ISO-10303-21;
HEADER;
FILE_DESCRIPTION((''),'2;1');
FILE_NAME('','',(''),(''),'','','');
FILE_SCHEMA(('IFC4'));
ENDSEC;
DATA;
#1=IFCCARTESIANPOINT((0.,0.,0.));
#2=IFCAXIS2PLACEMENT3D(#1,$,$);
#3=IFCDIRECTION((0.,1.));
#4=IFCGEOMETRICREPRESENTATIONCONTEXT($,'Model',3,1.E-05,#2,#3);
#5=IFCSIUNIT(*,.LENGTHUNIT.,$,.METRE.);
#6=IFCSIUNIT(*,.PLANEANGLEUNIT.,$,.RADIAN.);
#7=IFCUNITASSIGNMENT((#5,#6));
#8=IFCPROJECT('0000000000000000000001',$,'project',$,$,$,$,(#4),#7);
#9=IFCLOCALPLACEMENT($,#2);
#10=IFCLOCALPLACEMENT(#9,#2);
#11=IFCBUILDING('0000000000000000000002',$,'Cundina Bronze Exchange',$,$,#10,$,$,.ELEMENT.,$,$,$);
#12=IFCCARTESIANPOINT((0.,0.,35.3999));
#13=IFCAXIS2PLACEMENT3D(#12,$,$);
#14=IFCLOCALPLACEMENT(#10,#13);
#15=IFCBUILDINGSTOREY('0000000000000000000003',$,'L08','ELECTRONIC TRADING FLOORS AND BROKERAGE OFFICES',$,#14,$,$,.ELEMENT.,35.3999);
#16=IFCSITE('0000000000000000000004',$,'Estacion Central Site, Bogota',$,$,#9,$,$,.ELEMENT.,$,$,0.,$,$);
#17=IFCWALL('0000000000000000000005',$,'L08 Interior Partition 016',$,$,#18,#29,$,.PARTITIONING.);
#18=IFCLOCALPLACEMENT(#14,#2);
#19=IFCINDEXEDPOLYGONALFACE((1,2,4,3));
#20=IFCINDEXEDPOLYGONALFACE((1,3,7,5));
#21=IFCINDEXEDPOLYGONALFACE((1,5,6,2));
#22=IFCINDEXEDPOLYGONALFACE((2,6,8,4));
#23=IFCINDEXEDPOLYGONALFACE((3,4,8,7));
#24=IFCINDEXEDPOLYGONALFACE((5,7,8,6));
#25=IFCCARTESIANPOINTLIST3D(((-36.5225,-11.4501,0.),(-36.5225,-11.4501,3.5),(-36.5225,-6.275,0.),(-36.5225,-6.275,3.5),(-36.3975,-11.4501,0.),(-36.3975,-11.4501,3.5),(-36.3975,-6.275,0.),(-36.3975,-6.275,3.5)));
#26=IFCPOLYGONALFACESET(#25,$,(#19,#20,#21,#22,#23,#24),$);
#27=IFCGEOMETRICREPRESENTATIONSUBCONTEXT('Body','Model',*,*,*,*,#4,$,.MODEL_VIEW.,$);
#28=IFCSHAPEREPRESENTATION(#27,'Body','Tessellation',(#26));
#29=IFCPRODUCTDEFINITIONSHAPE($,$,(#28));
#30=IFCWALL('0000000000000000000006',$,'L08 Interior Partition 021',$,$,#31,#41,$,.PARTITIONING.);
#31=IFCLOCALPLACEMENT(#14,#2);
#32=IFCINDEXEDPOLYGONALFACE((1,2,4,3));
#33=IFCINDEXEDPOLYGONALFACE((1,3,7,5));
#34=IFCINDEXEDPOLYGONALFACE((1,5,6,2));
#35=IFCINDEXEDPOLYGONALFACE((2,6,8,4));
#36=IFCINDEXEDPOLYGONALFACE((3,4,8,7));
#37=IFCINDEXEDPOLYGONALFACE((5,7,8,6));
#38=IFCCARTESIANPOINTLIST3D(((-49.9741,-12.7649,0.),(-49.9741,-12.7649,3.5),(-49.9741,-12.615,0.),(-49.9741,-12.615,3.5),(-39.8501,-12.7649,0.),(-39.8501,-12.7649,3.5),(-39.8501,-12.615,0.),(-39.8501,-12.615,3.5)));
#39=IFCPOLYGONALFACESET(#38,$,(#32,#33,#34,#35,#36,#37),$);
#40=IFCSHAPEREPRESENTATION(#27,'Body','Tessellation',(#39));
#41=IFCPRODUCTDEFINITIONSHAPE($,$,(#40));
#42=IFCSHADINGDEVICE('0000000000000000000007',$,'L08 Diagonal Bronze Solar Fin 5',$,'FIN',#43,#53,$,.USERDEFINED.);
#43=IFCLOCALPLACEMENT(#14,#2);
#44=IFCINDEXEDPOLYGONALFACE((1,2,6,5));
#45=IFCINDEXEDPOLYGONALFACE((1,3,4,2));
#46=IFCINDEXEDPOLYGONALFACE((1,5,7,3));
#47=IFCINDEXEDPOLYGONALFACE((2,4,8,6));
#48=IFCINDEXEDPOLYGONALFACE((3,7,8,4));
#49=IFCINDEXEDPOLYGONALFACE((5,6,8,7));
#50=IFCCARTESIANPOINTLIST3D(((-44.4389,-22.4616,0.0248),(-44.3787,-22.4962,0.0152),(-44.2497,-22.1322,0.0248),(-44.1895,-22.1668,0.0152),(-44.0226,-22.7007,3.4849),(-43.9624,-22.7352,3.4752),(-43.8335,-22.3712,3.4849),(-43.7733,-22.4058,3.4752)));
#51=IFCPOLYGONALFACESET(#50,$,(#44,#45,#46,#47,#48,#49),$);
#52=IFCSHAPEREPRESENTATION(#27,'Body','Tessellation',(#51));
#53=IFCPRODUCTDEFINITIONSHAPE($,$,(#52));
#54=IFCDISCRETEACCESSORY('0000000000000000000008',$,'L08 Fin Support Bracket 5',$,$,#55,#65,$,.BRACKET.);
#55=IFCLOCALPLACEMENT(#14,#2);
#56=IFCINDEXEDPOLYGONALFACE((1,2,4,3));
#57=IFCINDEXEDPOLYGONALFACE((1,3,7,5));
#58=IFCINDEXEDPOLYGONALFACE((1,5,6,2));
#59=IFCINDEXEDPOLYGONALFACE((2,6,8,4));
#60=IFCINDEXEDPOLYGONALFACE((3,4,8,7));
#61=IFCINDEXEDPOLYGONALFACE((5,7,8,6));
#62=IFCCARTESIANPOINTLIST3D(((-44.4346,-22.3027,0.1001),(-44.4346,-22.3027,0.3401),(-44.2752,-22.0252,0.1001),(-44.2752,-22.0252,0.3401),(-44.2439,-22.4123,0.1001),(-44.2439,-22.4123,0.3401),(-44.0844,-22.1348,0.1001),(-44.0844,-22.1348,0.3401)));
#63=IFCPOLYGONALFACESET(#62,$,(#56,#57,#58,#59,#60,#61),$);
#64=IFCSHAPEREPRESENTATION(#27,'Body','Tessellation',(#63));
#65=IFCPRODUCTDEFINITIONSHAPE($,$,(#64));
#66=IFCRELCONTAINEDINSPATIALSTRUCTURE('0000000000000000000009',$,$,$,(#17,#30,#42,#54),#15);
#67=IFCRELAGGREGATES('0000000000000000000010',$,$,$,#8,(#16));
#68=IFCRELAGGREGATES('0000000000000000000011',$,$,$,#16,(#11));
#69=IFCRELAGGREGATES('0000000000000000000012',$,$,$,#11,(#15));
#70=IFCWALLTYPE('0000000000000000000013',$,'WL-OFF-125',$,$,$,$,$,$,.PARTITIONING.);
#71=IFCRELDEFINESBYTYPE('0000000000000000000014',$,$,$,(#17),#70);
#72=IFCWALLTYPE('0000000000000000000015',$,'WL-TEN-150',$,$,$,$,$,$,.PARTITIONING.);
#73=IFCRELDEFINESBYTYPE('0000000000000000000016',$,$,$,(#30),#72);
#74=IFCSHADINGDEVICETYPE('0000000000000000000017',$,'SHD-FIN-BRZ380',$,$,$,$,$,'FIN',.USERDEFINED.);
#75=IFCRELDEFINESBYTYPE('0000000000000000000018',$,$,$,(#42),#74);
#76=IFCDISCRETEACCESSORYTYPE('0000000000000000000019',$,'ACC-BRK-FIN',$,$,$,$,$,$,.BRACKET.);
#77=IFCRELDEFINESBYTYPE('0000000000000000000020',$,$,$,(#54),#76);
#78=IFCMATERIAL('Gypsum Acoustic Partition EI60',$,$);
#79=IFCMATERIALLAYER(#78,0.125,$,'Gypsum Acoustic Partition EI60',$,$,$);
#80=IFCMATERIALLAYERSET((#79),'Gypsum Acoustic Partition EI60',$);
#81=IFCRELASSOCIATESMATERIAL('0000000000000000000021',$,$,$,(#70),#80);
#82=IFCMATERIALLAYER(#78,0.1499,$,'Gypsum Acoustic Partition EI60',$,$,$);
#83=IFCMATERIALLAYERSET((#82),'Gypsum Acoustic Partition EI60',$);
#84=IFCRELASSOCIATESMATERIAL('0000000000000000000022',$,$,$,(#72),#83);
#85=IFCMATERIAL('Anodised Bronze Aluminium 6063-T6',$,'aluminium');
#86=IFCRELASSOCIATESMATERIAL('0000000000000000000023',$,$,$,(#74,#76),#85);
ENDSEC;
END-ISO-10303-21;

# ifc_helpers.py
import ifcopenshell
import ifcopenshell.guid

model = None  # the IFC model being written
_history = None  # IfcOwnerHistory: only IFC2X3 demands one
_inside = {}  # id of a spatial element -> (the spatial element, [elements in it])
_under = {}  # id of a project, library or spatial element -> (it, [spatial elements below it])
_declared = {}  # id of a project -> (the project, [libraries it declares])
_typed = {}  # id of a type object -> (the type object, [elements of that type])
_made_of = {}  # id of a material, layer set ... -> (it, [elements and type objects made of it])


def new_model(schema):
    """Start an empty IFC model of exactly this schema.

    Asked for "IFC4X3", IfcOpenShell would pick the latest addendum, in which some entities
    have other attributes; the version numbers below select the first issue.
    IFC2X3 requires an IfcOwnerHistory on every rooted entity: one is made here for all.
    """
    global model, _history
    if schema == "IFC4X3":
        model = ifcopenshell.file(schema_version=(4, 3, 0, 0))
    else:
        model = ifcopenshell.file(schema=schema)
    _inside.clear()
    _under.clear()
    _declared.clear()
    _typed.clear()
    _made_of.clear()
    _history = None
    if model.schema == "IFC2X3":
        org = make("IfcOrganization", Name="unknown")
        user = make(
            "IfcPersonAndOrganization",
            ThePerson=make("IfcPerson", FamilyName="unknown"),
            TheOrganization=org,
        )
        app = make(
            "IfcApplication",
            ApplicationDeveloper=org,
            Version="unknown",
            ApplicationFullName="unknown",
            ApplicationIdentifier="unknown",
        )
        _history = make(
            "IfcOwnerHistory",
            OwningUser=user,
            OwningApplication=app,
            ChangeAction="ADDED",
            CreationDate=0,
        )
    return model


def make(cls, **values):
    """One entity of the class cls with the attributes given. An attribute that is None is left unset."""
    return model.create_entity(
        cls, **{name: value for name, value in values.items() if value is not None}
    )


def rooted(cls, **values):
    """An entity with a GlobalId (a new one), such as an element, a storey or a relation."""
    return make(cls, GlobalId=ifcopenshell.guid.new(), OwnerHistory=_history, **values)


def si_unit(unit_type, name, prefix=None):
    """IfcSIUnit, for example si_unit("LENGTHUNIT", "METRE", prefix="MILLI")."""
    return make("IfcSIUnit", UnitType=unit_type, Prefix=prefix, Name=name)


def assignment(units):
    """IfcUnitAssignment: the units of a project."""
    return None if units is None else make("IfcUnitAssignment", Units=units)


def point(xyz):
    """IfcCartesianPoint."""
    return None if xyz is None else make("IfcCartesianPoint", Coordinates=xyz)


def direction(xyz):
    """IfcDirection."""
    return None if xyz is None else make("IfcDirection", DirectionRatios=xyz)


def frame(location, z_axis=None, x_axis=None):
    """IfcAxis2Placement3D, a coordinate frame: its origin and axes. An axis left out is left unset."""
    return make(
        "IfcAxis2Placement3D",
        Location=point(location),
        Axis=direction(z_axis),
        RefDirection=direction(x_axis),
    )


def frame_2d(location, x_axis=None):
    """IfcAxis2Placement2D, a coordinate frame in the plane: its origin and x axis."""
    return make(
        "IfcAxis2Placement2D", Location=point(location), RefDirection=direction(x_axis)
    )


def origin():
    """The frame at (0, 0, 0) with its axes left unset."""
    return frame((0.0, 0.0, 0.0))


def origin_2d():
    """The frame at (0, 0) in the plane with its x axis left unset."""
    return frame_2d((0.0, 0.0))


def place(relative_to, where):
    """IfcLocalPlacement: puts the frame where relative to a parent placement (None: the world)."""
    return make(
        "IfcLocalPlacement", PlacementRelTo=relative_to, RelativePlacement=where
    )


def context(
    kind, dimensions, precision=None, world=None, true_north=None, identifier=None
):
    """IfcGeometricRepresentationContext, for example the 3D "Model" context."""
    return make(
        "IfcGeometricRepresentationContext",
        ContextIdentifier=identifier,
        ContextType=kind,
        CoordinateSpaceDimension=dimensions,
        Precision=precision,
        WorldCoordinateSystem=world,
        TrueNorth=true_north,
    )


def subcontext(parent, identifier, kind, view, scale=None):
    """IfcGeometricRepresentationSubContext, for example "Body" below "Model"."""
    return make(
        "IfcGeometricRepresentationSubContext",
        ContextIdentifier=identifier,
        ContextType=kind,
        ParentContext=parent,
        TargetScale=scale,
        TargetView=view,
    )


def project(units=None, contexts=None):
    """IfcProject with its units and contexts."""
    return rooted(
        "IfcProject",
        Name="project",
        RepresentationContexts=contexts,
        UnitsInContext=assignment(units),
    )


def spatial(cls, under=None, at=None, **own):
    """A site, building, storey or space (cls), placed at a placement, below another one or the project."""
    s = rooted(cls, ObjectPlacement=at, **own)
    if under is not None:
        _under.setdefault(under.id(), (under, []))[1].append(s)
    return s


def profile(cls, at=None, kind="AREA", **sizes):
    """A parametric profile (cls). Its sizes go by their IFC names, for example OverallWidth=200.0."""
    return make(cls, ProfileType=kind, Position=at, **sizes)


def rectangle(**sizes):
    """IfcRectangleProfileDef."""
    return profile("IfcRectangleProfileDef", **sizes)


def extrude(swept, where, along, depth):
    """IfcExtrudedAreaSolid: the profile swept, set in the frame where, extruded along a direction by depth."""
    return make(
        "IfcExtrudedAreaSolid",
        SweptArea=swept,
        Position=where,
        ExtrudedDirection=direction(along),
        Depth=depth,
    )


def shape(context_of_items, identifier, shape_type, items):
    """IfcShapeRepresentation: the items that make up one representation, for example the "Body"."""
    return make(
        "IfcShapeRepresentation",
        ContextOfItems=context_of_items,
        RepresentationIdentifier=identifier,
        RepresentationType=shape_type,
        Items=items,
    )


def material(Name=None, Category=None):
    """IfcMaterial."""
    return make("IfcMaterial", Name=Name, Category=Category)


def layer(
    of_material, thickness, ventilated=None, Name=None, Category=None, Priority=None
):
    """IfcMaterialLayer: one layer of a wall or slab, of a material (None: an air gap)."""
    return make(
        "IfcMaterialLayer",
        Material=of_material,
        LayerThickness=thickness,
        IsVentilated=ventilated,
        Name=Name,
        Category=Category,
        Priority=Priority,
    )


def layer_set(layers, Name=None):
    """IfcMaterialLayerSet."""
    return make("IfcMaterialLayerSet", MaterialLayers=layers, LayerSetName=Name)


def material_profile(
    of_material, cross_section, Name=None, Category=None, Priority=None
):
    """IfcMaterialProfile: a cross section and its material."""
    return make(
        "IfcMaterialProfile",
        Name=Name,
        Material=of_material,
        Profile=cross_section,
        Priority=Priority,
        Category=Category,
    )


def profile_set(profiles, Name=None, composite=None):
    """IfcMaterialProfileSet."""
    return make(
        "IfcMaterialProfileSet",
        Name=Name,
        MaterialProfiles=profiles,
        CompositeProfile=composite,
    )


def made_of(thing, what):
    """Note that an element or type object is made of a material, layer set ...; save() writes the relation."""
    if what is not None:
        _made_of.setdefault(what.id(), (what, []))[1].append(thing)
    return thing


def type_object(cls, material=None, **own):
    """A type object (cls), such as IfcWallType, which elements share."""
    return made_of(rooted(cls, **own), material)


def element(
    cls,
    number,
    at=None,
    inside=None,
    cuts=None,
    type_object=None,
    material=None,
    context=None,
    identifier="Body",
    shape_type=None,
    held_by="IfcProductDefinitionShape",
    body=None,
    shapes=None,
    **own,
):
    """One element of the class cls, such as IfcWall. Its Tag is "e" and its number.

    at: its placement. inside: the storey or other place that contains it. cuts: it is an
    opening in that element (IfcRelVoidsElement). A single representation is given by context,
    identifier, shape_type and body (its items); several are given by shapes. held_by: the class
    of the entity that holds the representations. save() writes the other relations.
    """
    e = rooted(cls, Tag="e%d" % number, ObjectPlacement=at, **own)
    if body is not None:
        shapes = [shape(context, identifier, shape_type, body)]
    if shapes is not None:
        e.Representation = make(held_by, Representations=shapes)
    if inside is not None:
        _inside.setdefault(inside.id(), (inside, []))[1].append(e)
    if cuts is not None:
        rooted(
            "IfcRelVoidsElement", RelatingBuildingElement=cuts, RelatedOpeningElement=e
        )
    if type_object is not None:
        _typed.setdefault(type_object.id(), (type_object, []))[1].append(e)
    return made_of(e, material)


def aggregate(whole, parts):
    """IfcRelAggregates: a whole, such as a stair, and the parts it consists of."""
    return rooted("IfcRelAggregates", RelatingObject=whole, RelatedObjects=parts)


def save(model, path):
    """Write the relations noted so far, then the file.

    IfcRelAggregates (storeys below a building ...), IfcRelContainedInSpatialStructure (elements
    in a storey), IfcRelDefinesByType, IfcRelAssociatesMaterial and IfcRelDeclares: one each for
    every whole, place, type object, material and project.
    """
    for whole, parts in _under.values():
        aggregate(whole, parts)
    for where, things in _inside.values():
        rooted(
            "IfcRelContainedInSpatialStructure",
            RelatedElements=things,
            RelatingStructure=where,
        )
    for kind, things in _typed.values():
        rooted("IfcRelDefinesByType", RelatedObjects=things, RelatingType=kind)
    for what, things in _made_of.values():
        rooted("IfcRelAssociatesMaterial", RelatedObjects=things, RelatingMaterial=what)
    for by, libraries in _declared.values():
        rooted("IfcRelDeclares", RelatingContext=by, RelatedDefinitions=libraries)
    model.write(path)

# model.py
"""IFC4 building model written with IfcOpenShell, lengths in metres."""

from ifc_helpers import new_model, si_unit, direction, frame, frame_2d, origin, origin_2d, place, context, subcontext, project, spatial, rectangle, extrude, material, layer, layer_set, material_profile, profile_set, type_object, element, save


model = new_model("IFC4")

# Units and contexts
model_context = context("Model", 3, precision=1e-05, world=origin(), true_north=direction((0.0, 1.0)))
body_context = subcontext(model_context, "Body", "Model", "MODEL_VIEW")
ifc_project = project(units=[si_unit("LENGTHUNIT", "METRE"), si_unit("PLANEANGLEUNIT", "RADIAN")], contexts=[model_context])

# Site, building, storey
site_placement = place(None, origin())
site = spatial("IfcSite", under=ifc_project, at=site_placement, Name="Estacion Central Site, Bogota", CompositionType="ELEMENT", RefElevation=0.0)
building_placement = place(site_placement, origin())
building = spatial("IfcBuilding", under=site, at=building_placement, Name="Cundina Bronze Exchange", CompositionType="ELEMENT")
storey_placement = place(building_placement, frame((0.0, 0.0, 35.3999)))
storey = spatial("IfcBuildingStorey", under=building, at=storey_placement, Name="L08", Description="ELECTRONIC TRADING FLOORS AND BROKERAGE OFFICES", CompositionType="ELEMENT", Elevation=35.3999)

# Shared definitions
ifc_material_1 = material(Name="Anodised Bronze Aluminium 6063-T6", Category="aluminium")

# Walls
ifc_material_2 = material(Name="Gypsum Acoustic Partition EI60")
ifc_layer_1 = layer(ifc_material_2, 0.125, Name="Gypsum Acoustic Partition EI60")
ifc_layer_set_1 = layer_set([ifc_layer_1], Name="Gypsum Acoustic Partition EI60")
wall_type_1 = type_object("IfcWallType", Name="WL-OFF-125", PredefinedType="PARTITIONING", material=ifc_layer_set_1)
wall_1_placement = place(storey_placement, frame((-36.46, -11.45, 0.0), z_axis=(0.0, 0.0, 1.0), x_axis=(0.0, 1.0, 0.0)))
element("IfcWall", 1, at=wall_1_placement, inside=storey, type_object=wall_type_1, Name="L08 Interior Partition 016", PredefinedType="PARTITIONING", context=body_context, shape_type="SweptSolid", body=[
    extrude(rectangle(XDim=5.175, YDim=0.125, at=frame_2d((2.5874, 0.0))), origin(), (0.0, 0.0, 1.0), 3.5),
])
ifc_layer_2 = layer(ifc_material_2, 0.1499, Name="Gypsum Acoustic Partition EI60")
ifc_layer_set_2 = layer_set([ifc_layer_2], Name="Gypsum Acoustic Partition EI60")
wall_type_2 = type_object("IfcWallType", Name="WL-TEN-150", PredefinedType="PARTITIONING", material=ifc_layer_set_2)
wall_2_placement = place(storey_placement, frame((-49.9741, -12.6899, 0.0), z_axis=(0.0, 0.0, 1.0), x_axis=(1.0, 0.0, 0.0)))
element("IfcWall", 2, at=wall_2_placement, inside=storey, type_object=wall_type_2, Name="L08 Interior Partition 021", PredefinedType="PARTITIONING", context=body_context, shape_type="SweptSolid", body=[
    extrude(rectangle(XDim=10.124, YDim=0.1499, at=frame_2d((5.062, 0.0))), origin(), (0.0, 0.0, 1.0), 3.5),
])

# Shading device
ifc_material_profile_1 = material_profile(ifc_material_1, rectangle(XDim=0.0701, YDim=0.3799, at=origin_2d()), Name="FIN70X380", Category="aluminium")
ifc_profile_set_1 = profile_set([ifc_material_profile_1], Name="Anodised Bronze Aluminium 6063-T6")
shading_device_type = type_object("IfcShadingDeviceType", Name="SHD-FIN-BRZ380", ElementType="FIN", PredefinedType="USERDEFINED", material=ifc_profile_set_1)
shading_device_placement = place(storey_placement, frame((-44.3142, -22.3142, 0.02), z_axis=(0.119166, -0.068425, 0.990514), x_axis=(-0.858982, 0.493222, 0.137414)))
element("IfcShadingDevice", 3, at=shading_device_placement, inside=storey, type_object=shading_device_type, Name="L08 Diagonal Bronze Solar Fin 5", ObjectType="FIN", PredefinedType="USERDEFINED", context=body_context, shape_type="SweptSolid", body=[
    extrude(rectangle(XDim=0.0701, YDim=0.3799, at=origin_2d()), origin(), (0.0, 0.0, 1.0), 3.4932),
])

# Discrete accessory
discrete_accessory_type = type_object("IfcDiscreteAccessoryType", Name="ACC-BRK-FIN", PredefinedType="BRACKET", material=ifc_material_1)
discrete_accessory_placement = place(storey_placement, frame((-44.2595, -22.2188, 0.1001), z_axis=(0.0, 0.0, 1.0), x_axis=(0.867105, -0.498125, 0.0)))
element("IfcDiscreteAccessory", 4, at=discrete_accessory_placement, inside=storey, type_object=discrete_accessory_type, Name="L08 Fin Support Bracket 5", PredefinedType="BRACKET", context=body_context, shape_type="SweptSolid", body=[
    extrude(rectangle(XDim=0.22, YDim=0.3201, at=origin_2d()), origin(), (0.0, 0.0, 1.0), 0.24),
])

save(model, "model.ifc")
